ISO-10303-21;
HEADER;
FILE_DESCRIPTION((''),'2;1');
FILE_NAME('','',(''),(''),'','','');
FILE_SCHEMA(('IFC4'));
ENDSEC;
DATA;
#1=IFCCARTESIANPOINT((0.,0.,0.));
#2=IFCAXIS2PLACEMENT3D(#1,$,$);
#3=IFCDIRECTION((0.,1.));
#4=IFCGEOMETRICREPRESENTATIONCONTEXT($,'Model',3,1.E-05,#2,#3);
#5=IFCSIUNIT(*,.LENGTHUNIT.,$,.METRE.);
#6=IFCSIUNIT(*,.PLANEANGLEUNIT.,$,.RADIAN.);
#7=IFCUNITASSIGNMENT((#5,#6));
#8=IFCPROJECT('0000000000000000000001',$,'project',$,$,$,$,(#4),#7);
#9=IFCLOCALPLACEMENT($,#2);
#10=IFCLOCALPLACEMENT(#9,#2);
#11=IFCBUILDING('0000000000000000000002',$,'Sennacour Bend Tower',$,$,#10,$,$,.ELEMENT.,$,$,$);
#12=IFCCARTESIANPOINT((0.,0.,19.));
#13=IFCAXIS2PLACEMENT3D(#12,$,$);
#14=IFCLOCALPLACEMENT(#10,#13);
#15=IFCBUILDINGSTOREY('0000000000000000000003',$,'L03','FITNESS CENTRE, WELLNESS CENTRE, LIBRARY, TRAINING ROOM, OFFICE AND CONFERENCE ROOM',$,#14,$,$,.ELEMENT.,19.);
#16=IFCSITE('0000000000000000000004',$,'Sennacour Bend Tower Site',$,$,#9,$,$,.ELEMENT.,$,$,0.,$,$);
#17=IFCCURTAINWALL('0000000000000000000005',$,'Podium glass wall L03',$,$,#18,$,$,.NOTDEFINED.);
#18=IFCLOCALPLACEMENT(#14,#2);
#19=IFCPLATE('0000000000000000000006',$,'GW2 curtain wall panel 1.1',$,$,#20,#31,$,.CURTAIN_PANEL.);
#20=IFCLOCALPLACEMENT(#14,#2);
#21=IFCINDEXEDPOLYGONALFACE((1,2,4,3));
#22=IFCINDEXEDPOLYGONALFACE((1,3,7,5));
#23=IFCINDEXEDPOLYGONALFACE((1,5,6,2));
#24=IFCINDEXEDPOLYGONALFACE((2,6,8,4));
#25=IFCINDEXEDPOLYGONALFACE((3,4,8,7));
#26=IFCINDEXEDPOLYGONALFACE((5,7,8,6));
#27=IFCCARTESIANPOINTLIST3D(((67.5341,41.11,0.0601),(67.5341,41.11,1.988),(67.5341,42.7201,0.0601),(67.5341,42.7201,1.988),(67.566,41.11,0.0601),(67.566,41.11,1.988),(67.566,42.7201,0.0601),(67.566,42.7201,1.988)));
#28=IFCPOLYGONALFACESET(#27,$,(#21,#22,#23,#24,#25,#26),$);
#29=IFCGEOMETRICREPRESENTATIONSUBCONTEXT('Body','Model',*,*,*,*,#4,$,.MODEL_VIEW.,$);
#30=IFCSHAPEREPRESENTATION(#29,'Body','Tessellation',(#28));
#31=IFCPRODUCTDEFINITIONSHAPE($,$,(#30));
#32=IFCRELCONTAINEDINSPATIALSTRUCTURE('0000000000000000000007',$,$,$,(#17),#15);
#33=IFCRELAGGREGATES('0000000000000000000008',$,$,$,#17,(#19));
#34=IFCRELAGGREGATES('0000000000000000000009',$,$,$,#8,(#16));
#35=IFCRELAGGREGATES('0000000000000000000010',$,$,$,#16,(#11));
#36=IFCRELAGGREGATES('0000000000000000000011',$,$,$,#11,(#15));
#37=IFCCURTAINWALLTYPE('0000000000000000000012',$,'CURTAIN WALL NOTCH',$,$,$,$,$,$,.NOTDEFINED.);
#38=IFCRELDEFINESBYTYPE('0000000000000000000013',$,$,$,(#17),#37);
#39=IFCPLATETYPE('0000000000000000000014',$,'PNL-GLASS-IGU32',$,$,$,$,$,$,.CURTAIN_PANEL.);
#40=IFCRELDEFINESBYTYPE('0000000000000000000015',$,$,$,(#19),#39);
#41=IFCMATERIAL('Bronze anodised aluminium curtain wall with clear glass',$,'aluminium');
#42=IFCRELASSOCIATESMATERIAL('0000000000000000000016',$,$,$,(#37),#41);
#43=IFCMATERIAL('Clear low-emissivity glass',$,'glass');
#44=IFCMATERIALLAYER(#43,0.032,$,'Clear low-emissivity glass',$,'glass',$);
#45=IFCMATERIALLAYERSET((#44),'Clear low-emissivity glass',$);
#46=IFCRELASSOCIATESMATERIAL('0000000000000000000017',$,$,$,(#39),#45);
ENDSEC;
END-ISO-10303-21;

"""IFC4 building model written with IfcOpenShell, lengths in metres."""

from ifc_helpers import new_model, si_unit, direction, frame, origin, origin_2d, place, context, subcontext, project, spatial, rectangle, extrude, material, layer, layer_set, type_object, element, aggregate, save


model = new_model("IFC4")

# Units and contexts
model_context = context("Model", 3, precision=1e-05, world=origin(), true_north=direction((0.0, 1.0)))
body_context = subcontext(model_context, "Body", "Model", "MODEL_VIEW")
ifc_project = project(units=[si_unit("LENGTHUNIT", "METRE"), si_unit("PLANEANGLEUNIT", "RADIAN")], contexts=[model_context])

# Site, building, storey
site_placement = place(None, origin())
site = spatial("IfcSite", under=ifc_project, at=site_placement, Name="Sennacour Bend Tower Site", CompositionType="ELEMENT", RefElevation=0.0)
building_placement = place(site_placement, origin())
building = spatial("IfcBuilding", under=site, at=building_placement, Name="Sennacour Bend Tower", CompositionType="ELEMENT")
storey_placement = place(building_placement, frame((0.0, 0.0, 19.0)))
storey = spatial("IfcBuildingStorey", under=building, at=storey_placement, Name="L03", Description="FITNESS CENTRE, WELLNESS CENTRE, LIBRARY, TRAINING ROOM, OFFICE AND CONFERENCE ROOM", CompositionType="ELEMENT", Elevation=19.0)

# Shared definitions
ifc_material_1 = material(Name="Bronze anodised aluminium curtain wall with clear glass", Category="aluminium")
curtain_wall_type = type_object("IfcCurtainWallType", Name="CURTAIN WALL NOTCH", PredefinedType="NOTDEFINED", material=ifc_material_1)

# Curtain wall
curtain_wall_1_placement = place(storey_placement, origin())
curtain_wall_1 = element("IfcCurtainWall", 1, at=curtain_wall_1_placement, inside=storey, type_object=curtain_wall_type, Name="Podium glass wall L03", PredefinedType="NOTDEFINED")

# Plate
ifc_material_2 = material(Name="Clear low-emissivity glass", Category="glass")
ifc_layer = layer(ifc_material_2, 0.032, Name="Clear low-emissivity glass", Category="glass")
ifc_layer_set = layer_set([ifc_layer], Name="Clear low-emissivity glass")
plate_type = type_object("IfcPlateType", Name="PNL-GLASS-IGU32", PredefinedType="CURTAIN_PANEL", material=ifc_layer_set)
plate_1_placement = place(storey_placement, frame((67.55, 41.915, 0.0601), z_axis=(0.0, 0.0, 1.0), x_axis=(0.0, 1.0, 0.0)))
plate_1 = element("IfcPlate", 2, at=plate_1_placement, type_object=plate_type, Name="GW2 curtain wall panel 1.1", PredefinedType="CURTAIN_PANEL", context=body_context, shape_type="SweptSolid", body=[
    extrude(rectangle(XDim=1.6101, YDim=0.032, at=origin_2d()), origin(), (0.0, 0.0, 1.0), 1.928),
])
aggregate(curtain_wall_1, [plate_1])

save(model, "model.ifc")
